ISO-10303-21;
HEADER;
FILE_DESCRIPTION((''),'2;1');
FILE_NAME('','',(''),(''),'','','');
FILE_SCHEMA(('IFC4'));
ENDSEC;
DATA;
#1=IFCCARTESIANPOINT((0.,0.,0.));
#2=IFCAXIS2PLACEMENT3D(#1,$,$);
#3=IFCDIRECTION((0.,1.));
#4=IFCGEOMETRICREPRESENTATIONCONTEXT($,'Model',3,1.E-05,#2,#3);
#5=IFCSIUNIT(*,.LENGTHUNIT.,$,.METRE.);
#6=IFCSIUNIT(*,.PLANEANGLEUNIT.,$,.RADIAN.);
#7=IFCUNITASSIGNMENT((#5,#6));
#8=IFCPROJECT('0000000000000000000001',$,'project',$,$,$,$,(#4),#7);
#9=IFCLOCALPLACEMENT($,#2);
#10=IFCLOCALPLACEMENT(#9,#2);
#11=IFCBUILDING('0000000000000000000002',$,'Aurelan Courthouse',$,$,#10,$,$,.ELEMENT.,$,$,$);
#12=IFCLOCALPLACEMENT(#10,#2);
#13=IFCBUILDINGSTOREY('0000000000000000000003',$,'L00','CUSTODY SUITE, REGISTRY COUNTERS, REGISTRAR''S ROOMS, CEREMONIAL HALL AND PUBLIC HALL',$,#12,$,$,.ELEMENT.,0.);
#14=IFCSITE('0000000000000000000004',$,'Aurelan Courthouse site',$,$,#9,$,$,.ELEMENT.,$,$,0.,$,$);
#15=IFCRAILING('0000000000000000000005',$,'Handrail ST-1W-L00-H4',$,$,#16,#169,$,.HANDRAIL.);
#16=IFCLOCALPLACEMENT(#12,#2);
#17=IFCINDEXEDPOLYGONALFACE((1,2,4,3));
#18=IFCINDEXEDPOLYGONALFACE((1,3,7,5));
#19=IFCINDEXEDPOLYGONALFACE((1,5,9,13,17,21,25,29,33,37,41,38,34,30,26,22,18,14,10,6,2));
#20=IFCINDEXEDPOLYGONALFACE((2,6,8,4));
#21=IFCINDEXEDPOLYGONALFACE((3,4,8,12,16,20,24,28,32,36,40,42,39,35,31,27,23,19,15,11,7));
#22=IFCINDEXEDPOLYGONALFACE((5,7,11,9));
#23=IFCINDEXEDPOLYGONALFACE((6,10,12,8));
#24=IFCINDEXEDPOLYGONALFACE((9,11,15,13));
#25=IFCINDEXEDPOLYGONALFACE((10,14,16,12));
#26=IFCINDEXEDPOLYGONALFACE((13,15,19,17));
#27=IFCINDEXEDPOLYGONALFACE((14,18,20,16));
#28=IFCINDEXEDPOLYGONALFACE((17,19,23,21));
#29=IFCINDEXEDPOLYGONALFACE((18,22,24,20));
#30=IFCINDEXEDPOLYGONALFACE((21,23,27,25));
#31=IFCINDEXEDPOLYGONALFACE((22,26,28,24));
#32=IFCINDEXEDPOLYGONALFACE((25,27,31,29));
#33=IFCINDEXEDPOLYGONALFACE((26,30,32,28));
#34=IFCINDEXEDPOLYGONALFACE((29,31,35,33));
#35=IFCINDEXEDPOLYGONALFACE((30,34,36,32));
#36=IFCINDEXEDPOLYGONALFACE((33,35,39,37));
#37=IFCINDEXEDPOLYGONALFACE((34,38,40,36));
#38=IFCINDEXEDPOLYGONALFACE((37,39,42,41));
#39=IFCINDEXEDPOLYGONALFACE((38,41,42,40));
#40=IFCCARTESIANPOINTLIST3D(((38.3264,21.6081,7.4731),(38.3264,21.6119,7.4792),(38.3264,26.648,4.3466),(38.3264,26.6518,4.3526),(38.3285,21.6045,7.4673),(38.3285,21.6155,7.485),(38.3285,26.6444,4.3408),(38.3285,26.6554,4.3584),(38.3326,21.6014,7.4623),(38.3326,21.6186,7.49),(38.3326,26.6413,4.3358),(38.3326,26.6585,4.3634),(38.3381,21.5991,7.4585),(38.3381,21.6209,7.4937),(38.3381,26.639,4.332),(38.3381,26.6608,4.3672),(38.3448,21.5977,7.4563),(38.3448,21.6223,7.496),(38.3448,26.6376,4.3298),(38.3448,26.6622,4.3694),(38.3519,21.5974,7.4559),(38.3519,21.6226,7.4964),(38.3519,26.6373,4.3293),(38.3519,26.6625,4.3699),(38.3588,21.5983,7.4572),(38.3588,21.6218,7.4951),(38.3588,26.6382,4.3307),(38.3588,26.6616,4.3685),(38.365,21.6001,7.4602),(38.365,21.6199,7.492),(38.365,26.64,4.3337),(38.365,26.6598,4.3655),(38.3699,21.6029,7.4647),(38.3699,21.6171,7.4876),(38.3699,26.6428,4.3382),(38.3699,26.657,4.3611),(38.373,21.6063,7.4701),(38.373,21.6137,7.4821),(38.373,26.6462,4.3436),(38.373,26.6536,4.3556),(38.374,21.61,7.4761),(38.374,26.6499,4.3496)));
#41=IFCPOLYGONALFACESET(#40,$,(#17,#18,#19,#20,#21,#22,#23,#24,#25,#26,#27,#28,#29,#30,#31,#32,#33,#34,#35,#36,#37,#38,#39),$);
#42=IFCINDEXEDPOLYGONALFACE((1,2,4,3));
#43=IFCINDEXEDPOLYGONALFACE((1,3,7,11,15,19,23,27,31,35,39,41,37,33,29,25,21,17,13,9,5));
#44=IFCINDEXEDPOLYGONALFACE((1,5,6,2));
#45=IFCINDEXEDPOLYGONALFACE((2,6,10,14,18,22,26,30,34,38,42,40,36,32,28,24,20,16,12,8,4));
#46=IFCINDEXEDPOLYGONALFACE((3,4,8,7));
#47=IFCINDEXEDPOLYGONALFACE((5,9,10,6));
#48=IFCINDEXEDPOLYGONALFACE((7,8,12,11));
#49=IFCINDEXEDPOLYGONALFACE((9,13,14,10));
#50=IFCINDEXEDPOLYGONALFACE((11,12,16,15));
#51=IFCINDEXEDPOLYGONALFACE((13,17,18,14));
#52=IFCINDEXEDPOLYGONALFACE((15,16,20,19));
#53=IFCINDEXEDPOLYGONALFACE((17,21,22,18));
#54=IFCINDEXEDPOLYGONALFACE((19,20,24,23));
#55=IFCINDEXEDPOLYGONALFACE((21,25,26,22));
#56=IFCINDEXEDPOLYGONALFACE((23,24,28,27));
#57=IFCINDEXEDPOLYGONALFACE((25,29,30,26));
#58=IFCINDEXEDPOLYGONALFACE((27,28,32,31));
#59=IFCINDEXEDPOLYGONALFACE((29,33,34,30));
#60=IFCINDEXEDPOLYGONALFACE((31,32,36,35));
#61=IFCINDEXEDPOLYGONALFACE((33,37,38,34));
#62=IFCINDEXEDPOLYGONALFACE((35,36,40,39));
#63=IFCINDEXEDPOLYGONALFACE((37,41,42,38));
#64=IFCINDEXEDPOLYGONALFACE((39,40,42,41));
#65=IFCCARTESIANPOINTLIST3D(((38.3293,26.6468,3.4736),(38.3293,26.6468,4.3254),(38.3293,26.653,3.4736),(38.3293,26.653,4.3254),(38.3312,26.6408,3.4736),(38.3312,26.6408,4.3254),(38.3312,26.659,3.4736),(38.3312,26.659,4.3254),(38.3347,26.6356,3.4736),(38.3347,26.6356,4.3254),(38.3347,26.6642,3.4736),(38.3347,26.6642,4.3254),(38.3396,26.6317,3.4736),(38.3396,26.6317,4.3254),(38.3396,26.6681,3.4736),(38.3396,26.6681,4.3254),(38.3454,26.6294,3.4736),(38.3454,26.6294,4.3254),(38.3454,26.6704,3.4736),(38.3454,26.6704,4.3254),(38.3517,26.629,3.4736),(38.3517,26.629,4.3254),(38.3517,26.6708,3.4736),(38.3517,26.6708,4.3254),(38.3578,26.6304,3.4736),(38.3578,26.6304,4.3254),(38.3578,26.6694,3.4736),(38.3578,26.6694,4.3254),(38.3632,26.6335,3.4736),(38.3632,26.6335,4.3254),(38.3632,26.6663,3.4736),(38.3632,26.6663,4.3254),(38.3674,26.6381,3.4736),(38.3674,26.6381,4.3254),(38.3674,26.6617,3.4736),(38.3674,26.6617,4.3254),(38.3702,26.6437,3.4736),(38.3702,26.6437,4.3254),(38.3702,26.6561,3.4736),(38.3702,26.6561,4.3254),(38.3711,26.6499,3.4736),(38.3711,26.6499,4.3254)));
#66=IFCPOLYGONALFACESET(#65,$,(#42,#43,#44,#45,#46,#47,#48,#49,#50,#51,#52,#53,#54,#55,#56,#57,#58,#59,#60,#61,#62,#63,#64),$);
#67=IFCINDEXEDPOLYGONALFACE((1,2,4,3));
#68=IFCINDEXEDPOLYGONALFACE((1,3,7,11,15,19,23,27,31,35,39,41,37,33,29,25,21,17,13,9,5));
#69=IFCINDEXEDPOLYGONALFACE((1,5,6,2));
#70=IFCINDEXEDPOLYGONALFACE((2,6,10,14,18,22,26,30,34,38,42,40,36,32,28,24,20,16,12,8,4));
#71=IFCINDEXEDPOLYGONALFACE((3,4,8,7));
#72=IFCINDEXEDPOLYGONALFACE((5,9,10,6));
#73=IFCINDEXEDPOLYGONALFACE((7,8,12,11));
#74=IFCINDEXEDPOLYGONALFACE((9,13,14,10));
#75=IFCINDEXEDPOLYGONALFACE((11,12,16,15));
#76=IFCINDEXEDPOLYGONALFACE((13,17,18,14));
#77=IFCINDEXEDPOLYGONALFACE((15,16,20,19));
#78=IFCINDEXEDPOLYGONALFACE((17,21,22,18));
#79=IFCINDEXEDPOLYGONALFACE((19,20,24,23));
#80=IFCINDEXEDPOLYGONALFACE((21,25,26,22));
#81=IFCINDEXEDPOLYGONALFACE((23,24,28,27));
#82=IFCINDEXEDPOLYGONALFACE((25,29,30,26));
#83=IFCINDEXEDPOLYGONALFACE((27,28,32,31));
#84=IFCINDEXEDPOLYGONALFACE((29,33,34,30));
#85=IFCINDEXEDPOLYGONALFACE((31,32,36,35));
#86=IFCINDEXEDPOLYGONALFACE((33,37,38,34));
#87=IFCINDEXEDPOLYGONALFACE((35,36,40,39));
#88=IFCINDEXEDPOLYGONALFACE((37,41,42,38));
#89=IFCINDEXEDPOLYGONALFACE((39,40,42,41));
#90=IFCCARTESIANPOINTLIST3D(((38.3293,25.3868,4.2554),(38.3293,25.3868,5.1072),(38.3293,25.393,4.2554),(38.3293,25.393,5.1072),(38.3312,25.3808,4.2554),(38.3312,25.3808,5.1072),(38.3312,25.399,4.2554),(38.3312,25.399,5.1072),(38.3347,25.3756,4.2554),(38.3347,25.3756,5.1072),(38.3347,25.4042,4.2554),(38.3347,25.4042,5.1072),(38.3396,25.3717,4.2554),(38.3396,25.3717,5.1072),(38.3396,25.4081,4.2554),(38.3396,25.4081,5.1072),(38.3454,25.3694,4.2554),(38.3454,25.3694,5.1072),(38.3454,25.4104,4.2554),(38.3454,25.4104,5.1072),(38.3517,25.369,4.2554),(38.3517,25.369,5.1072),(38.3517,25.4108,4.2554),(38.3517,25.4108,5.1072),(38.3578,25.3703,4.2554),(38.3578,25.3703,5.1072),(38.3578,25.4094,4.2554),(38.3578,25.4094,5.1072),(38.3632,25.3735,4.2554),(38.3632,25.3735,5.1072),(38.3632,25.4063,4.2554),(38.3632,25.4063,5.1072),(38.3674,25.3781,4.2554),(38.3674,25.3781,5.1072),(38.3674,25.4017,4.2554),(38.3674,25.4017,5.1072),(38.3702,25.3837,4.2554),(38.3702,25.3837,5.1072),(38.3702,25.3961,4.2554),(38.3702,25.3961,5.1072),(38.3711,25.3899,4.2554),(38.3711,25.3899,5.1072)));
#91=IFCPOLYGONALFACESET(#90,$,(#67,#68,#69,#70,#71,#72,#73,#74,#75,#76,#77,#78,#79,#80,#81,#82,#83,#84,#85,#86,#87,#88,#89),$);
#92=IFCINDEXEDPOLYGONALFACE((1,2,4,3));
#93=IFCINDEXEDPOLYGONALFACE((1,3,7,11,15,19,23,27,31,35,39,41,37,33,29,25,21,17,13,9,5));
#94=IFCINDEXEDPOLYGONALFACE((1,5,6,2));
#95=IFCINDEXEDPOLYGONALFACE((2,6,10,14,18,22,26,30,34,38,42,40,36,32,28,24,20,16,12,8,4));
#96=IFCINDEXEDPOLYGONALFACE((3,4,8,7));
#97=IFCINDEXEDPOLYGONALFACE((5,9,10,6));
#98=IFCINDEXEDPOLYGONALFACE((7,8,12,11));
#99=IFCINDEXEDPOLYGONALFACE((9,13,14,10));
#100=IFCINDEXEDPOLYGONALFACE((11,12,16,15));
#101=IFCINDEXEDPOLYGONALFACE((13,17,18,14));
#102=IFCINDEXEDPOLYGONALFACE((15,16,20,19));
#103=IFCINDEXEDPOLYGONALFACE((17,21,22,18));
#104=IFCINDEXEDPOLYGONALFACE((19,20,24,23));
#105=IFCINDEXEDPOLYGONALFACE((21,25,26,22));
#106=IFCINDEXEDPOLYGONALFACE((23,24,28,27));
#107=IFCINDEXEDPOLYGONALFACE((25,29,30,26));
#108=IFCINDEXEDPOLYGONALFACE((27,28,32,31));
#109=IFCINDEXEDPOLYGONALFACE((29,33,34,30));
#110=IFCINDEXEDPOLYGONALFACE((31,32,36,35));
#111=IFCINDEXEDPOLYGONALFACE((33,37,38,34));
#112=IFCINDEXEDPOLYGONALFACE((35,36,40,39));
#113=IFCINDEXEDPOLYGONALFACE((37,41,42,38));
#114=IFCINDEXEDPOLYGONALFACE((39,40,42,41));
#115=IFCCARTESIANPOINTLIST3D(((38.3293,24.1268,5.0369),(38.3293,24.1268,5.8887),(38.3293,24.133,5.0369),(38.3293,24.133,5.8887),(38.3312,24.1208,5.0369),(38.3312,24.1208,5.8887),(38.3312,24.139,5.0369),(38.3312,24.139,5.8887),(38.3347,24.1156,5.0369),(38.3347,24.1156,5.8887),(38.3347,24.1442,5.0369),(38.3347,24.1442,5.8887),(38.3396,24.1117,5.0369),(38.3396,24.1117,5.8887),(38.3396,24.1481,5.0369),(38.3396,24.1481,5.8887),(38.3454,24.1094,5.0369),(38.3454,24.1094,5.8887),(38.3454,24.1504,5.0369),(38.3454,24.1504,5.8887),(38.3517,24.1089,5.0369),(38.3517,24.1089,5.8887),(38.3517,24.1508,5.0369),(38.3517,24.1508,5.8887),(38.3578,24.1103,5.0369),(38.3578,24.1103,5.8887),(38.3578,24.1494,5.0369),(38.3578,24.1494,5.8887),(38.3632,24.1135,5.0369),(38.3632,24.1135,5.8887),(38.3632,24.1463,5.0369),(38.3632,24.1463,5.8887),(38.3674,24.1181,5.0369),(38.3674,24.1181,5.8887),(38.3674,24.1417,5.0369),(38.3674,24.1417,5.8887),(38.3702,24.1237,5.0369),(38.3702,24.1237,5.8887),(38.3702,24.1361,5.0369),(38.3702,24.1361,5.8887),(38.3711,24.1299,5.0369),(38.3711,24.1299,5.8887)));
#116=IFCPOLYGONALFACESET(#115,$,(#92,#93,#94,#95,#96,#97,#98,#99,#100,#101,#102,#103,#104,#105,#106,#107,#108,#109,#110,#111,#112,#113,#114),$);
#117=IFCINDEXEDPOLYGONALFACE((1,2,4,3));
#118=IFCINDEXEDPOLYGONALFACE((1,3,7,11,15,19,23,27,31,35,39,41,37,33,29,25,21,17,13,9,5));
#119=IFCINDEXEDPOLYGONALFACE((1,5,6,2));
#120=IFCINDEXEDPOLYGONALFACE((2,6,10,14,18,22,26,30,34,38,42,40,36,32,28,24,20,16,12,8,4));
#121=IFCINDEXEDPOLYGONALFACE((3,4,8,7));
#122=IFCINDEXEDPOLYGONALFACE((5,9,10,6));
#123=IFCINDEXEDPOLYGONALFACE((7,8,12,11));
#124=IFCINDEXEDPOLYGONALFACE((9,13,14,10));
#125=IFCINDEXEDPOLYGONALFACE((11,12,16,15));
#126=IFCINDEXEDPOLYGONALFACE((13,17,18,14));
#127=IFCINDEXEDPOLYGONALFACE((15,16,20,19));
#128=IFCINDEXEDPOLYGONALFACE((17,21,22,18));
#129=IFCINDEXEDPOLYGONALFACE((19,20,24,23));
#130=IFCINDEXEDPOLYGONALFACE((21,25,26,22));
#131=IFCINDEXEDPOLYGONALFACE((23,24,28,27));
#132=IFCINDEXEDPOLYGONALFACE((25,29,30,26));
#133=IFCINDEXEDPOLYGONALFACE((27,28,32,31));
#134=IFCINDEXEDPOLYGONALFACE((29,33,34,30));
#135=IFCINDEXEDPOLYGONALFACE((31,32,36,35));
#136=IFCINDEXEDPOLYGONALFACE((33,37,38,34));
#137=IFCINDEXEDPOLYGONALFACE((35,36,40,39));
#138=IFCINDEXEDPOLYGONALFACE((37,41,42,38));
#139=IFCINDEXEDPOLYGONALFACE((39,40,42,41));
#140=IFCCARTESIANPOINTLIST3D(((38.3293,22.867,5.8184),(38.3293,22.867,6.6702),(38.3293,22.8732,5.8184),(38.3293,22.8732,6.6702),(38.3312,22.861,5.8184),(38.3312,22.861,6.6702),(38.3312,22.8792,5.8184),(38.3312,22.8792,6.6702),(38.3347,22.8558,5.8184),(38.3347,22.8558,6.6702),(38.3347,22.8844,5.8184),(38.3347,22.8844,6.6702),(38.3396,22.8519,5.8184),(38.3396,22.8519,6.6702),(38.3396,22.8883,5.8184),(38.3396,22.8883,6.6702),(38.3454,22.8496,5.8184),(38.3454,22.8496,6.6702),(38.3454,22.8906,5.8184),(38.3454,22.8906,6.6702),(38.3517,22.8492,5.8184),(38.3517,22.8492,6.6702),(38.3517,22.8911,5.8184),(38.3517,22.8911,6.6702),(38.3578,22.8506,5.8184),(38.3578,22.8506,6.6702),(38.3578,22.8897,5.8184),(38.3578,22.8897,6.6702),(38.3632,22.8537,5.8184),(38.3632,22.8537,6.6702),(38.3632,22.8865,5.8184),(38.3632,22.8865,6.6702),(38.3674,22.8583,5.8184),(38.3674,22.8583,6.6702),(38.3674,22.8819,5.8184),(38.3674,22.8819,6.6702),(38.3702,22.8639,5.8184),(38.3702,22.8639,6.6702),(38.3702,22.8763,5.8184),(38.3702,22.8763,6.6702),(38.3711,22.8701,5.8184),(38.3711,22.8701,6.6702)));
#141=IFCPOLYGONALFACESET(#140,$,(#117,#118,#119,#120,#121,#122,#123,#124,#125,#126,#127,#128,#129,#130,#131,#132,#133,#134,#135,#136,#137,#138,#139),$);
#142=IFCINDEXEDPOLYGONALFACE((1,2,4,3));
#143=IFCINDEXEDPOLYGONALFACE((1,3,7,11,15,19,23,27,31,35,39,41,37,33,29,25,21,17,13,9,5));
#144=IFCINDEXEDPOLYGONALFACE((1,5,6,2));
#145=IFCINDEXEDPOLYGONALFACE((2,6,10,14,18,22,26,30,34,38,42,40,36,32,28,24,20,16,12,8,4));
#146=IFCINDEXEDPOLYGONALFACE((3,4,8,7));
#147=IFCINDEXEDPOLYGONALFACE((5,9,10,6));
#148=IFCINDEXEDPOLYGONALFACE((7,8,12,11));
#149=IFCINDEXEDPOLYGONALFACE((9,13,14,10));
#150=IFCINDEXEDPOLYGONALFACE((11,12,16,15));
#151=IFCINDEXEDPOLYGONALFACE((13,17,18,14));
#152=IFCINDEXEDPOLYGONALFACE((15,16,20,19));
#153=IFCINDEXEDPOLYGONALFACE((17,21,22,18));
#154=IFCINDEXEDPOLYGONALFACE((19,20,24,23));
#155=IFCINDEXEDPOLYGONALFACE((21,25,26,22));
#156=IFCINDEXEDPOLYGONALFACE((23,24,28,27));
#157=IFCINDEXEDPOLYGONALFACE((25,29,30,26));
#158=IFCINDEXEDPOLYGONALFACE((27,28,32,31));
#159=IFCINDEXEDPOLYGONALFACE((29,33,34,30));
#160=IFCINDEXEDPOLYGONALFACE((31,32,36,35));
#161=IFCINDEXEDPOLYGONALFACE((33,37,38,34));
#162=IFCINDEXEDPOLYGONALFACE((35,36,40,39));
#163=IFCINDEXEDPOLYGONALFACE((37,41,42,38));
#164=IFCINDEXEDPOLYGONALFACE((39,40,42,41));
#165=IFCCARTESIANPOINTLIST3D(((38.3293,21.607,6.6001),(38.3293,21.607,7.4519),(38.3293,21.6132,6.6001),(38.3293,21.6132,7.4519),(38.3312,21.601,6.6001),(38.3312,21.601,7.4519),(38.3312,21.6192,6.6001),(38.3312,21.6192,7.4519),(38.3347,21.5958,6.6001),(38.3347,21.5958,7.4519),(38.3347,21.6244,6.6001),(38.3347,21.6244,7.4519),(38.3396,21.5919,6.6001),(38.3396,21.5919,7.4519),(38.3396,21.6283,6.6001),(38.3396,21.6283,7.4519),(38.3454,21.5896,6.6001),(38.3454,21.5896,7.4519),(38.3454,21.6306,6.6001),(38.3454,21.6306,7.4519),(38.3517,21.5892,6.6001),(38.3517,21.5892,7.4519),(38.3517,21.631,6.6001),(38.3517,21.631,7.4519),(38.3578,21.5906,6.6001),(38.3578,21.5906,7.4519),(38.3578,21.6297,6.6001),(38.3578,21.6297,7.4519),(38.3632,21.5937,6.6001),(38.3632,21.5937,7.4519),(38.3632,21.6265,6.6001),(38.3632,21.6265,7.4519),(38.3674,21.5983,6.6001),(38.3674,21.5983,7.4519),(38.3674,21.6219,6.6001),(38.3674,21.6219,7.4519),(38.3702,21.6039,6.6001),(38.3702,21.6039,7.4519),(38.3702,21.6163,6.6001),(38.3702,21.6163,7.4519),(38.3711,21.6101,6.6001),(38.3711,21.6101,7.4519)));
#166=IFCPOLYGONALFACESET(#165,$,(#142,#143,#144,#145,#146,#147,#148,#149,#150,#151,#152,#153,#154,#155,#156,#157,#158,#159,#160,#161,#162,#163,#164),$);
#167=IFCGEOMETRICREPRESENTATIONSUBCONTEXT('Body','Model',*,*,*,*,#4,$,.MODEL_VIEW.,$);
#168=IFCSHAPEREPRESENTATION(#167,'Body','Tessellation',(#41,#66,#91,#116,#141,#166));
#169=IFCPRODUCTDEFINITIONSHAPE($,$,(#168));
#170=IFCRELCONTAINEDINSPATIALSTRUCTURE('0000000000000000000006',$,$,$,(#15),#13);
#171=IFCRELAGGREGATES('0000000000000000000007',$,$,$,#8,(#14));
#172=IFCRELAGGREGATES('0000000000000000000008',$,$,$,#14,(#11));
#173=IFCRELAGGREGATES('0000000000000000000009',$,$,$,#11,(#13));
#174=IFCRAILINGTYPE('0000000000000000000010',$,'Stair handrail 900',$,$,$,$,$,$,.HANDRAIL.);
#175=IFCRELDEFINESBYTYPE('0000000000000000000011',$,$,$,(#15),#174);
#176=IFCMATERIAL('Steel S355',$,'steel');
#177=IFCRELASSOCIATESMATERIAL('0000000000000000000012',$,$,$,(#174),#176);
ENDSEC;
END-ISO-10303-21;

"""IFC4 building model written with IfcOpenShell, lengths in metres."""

from ifc_helpers import new_model, si_unit, direction, frame, origin, origin_2d, place, context, subcontext, project, spatial, circle, extrude, material, type_object, element, save


model = new_model("IFC4")

# Units and contexts
model_context = context("Model", 3, precision=1e-05, world=origin(), true_north=direction((0.0, 1.0)))
body_context = subcontext(model_context, "Body", "Model", "MODEL_VIEW")
ifc_project = project(units=[si_unit("LENGTHUNIT", "METRE"), si_unit("PLANEANGLEUNIT", "RADIAN")], contexts=[model_context])

# Site, building, storey
site_placement = place(None, origin())
site = spatial("IfcSite", under=ifc_project, at=site_placement, Name="Aurelan Courthouse site", CompositionType="ELEMENT", RefElevation=0.0)
building_placement = place(site_placement, origin())
building = spatial("IfcBuilding", under=site, at=building_placement, Name="Aurelan Courthouse", CompositionType="ELEMENT")
storey_placement = place(building_placement, origin())
storey = spatial("IfcBuildingStorey", under=building, at=storey_placement, Name="L00", Description="CUSTODY SUITE, REGISTRY COUNTERS, REGISTRAR'S ROOMS, CEREMONIAL HALL AND PUBLIC HALL", CompositionType="ELEMENT", Elevation=0.0)

# Railing
ifc_material_1 = material(Name="Steel S355", Category="steel")
railing_type_1 = type_object("IfcRailingType", Name="Stair handrail 900", PredefinedType="HANDRAIL", material=ifc_material_1)
for number, where, name in (
    (1, (38.3501, 26.6499, 3.4736), "Handrail ST-1W-L00-H4"),
):
    element("IfcRailing", number, at=place(storey_placement, frame(where)), inside=storey, type_object=railing_type_1, Name=name, PredefinedType="HANDRAIL", context=body_context, shape_type="SweptSolid", body=[
        extrude(circle(Radius=0.0239, at=origin_2d()), frame((0.0, 0.0, 0.876), z_axis=(0.0, -0.849767, 0.527158), x_axis=(1.0, 0.0, 0.0)), (0.0, 0.0, 1.0), 5.9309),
        extrude(circle(Radius=0.021, at=origin_2d()), origin(), (0.0, 0.0, 1.0), 0.8518),
        extrude(circle(Radius=0.021, at=origin_2d()), frame((0.0, -1.26, 0.7817)), (0.0, 0.0, 1.0), 0.8518),
        extrude(circle(Radius=0.021, at=origin_2d()), frame((0.0, -2.52, 1.5632)), (0.0, 0.0, 1.0), 0.8518),
        extrude(circle(Radius=0.021, at=origin_2d()), frame((0.0, -3.7798, 2.3447)), (0.0, 0.0, 1.0), 0.8518),
        extrude(circle(Radius=0.021, at=origin_2d()), frame((0.0, -5.0398, 3.1265)), (0.0, 0.0, 1.0), 0.8518),
    ])

save(model, "model.ifc")
